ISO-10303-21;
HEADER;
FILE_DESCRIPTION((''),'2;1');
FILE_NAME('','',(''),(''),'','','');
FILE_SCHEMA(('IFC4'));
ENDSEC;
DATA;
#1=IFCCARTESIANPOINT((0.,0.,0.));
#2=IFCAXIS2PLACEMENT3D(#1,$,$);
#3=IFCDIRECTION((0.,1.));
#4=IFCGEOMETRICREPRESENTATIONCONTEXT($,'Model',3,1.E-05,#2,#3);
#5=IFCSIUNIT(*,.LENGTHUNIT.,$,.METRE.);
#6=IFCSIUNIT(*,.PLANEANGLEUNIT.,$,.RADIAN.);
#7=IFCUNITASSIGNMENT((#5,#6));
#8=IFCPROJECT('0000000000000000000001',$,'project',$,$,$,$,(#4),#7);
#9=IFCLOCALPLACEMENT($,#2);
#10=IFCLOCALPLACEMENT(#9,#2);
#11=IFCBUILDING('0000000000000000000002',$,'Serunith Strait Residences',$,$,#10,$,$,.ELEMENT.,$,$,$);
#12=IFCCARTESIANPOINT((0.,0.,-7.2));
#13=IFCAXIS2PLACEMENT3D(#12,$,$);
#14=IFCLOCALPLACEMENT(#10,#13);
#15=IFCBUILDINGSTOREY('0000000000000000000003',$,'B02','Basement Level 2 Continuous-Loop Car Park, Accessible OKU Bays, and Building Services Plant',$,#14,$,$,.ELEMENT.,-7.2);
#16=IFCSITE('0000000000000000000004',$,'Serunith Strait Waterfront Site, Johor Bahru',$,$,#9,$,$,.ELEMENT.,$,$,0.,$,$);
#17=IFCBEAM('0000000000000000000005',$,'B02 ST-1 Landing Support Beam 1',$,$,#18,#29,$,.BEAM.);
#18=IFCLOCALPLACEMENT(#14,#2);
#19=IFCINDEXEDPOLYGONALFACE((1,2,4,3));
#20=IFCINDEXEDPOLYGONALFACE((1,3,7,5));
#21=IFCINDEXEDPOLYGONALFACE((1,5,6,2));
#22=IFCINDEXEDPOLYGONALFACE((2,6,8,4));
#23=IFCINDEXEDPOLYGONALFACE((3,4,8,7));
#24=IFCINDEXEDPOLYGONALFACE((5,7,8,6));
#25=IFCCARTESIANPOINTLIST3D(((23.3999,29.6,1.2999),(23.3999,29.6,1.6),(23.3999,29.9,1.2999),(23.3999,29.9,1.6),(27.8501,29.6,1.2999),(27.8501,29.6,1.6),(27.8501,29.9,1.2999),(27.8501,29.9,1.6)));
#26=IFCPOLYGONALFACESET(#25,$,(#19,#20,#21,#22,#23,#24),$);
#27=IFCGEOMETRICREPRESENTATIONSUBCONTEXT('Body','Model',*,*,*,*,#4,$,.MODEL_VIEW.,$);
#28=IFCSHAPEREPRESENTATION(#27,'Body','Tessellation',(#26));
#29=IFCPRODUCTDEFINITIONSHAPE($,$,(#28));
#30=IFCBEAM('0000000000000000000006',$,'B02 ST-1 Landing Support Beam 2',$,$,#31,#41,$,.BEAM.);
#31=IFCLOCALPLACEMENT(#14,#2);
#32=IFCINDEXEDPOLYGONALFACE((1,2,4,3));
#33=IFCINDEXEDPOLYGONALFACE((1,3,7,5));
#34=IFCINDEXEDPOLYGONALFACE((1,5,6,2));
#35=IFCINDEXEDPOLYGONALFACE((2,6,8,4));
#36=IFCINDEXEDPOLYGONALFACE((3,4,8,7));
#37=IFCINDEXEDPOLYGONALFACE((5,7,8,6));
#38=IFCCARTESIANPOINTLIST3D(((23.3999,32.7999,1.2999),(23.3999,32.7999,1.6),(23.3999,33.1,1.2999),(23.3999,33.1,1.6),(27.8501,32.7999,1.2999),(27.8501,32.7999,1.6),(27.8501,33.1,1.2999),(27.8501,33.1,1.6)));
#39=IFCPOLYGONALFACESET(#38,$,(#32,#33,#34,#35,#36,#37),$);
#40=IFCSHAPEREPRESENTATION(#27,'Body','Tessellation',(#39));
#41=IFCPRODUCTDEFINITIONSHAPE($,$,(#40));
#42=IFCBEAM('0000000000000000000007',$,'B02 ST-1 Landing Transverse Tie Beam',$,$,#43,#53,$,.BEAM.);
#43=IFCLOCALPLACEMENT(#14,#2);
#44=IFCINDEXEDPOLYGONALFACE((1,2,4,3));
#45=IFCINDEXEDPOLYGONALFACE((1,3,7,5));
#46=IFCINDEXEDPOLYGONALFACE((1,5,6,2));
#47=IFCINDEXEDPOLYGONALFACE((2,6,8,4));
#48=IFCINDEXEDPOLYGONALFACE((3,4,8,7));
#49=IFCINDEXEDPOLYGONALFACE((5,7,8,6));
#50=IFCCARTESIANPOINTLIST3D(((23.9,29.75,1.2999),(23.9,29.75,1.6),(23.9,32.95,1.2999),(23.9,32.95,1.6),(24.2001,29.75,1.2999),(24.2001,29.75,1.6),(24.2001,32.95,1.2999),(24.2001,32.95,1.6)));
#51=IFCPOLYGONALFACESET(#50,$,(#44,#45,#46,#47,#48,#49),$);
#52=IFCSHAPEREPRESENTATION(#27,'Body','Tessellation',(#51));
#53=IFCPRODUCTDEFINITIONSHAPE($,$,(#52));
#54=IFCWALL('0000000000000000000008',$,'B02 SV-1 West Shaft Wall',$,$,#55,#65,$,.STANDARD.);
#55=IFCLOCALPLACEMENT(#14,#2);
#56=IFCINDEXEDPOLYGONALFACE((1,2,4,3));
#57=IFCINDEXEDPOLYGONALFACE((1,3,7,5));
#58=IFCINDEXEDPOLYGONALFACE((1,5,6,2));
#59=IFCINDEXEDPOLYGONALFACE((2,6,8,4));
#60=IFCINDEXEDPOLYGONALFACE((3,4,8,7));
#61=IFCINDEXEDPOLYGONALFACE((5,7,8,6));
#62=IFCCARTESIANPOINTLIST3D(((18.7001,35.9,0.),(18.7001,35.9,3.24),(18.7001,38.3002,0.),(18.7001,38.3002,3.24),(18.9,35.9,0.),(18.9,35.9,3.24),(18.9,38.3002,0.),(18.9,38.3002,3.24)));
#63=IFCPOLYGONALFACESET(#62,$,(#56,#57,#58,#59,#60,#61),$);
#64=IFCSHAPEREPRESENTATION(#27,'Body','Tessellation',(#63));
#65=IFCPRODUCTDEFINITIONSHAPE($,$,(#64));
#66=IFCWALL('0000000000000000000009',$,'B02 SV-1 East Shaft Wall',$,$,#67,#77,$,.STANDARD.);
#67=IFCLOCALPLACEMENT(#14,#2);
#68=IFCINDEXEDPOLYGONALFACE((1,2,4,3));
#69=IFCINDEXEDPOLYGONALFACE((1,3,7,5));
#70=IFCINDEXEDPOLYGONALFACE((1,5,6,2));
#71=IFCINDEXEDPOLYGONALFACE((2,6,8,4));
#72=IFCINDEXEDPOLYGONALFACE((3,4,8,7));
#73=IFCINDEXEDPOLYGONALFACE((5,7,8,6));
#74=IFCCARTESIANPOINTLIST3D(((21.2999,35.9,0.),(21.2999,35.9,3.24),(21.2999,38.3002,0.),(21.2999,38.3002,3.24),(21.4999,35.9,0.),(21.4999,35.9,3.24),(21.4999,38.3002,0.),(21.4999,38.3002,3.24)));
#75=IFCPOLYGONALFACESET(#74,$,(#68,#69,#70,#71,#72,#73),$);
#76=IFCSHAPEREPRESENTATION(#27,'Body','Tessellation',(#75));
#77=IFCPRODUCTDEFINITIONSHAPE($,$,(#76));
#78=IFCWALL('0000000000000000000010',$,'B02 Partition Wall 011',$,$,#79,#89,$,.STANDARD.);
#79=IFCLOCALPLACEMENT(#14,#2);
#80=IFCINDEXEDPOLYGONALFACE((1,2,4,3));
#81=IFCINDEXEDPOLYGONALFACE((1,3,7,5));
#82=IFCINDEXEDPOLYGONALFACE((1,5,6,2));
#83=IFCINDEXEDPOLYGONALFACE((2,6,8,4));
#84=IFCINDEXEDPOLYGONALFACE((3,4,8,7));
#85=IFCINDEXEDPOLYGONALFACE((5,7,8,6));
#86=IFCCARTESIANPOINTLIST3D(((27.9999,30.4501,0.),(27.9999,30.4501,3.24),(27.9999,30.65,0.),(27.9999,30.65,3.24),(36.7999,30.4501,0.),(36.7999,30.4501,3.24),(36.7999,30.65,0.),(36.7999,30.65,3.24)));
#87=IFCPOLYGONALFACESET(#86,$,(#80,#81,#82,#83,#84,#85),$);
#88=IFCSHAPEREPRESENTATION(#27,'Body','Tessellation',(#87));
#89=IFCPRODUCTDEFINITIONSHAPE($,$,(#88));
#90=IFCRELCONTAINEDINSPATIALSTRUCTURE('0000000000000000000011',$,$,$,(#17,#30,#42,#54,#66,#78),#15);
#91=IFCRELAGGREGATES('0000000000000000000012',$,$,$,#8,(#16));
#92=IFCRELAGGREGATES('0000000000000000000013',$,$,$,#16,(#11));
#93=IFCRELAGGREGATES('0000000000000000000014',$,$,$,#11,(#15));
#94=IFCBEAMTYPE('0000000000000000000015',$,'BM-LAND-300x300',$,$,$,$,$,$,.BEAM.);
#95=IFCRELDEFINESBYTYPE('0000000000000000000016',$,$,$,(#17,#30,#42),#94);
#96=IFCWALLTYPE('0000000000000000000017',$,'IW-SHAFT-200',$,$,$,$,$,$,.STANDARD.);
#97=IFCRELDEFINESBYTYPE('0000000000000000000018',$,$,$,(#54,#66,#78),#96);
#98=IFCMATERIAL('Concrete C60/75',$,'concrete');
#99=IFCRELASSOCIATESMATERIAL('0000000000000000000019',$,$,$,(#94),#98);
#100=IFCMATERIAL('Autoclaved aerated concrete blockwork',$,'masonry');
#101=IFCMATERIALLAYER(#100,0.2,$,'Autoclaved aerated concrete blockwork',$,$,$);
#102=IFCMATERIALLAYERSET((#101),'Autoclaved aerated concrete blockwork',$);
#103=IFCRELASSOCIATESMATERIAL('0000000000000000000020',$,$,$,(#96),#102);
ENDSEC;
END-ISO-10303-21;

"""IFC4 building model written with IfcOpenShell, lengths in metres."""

from ifc_helpers import new_model, si_unit, direction, frame, frame_2d, origin, origin_2d, place, context, subcontext, project, spatial, rectangle, extrude, source, transform, mapped, material, layer, layer_set, material_profile, profile_set, type_object, element, save


model = new_model("IFC4")

# Units and contexts
model_context = context("Model", 3, precision=1e-05, world=origin(), true_north=direction((0.0, 1.0)))
body_context = subcontext(model_context, "Body", "Model", "MODEL_VIEW")
ifc_project = project(units=[si_unit("LENGTHUNIT", "METRE"), si_unit("PLANEANGLEUNIT", "RADIAN")], contexts=[model_context])

# Site, building, storey
site_placement = place(None, origin())
site = spatial("IfcSite", under=ifc_project, at=site_placement, Name="Serunith Strait Waterfront Site, Johor Bahru", CompositionType="ELEMENT", RefElevation=0.0)
building_placement = place(site_placement, origin())
building = spatial("IfcBuilding", under=site, at=building_placement, Name="Serunith Strait Residences", CompositionType="ELEMENT")
storey_placement = place(building_placement, frame((0.0, 0.0, -7.2)))
storey = spatial("IfcBuildingStorey", under=building, at=storey_placement, Name="B02", Description="Basement Level 2 Continuous-Loop Car Park, Accessible OKU Bays, and Building Services Plant", CompositionType="ELEMENT", Elevation=-7.2)

# Beams
ifc_material_1 = material(Name="Concrete C60/75", Category="concrete")
ifc_material_profile_1 = material_profile(ifc_material_1, rectangle(XDim=0.3, YDim=0.3, at=origin_2d()), Name="RC 300x300")
ifc_profile_set_1 = profile_set([ifc_material_profile_1], Name="Concrete C60/75")
beam_type_1 = type_object("IfcBeamType", Name="BM-LAND-300x300", PredefinedType="BEAM", material=ifc_profile_set_1)
shared_shape_1 = source(origin(), body_context, "Body", "SweptSolid", [
    extrude(rectangle(XDim=0.3, YDim=0.3, at=origin_2d()), origin(), (0.0, 0.0, 1.0), 4.4502),
])
for number, where, z_axis, x_axis, name in (
    (1, (23.3999, 29.75, 1.45), (1.0, 0.0, 0.0), (0.0, 1.0, 0.0), "B02 ST-1 Landing Support Beam 1"),
    (2, (23.3999, 32.95, 1.45), (1.0, 0.0, 0.0), (0.0, 1.0, 0.0), "B02 ST-1 Landing Support Beam 2"),
):
    element("IfcBeam", number, at=place(storey_placement, frame(where, z_axis=z_axis, x_axis=x_axis)), inside=storey, type_object=beam_type_1, Name=name, PredefinedType="BEAM", context=body_context, shape_type="MappedRepresentation", body=[
        mapped(shared_shape_1, transform((0.0, 0.0, 0.0), scale=1.0)),
    ])
shared_shape_2 = source(origin(), body_context, "Body", "SweptSolid", [
    extrude(rectangle(XDim=0.3, YDim=0.3, at=origin_2d()), origin(), (0.0, 0.0, 1.0), 3.2),
])
beam_1_placement = place(storey_placement, frame((24.05, 29.75, 1.45), z_axis=(0.0, 1.0, 0.0), x_axis=(-1.0, 0.0, 0.0)))
element("IfcBeam", 3, at=beam_1_placement, inside=storey, type_object=beam_type_1, Name="B02 ST-1 Landing Transverse Tie Beam", PredefinedType="BEAM", context=body_context, shape_type="MappedRepresentation", body=[
    mapped(shared_shape_2, transform((0.0, 0.0, 0.0), scale=1.0)),
])

# Walls
ifc_material_2 = material(Name="Autoclaved aerated concrete blockwork", Category="masonry")
ifc_layer = layer(ifc_material_2, 0.2, Name="Autoclaved aerated concrete blockwork")
ifc_layer_set = layer_set([ifc_layer], Name="Autoclaved aerated concrete blockwork")
wall_type = type_object("IfcWallType", Name="IW-SHAFT-200", PredefinedType="STANDARD", material=ifc_layer_set)
for number, where, z_axis, x_axis, name in (
    (4, (18.8, 35.8999, 0.0), (0.0, 0.0, 1.0), (0.0, 1.0, 0.0), "B02 SV-1 West Shaft Wall"),
    (5, (21.3999, 35.8999, 0.0), (0.0, 0.0, 1.0), (0.0, 1.0, 0.0), "B02 SV-1 East Shaft Wall"),
):
    element("IfcWall", number, at=place(storey_placement, frame(where, z_axis=z_axis, x_axis=x_axis)), inside=storey, type_object=wall_type, Name=name, PredefinedType="STANDARD", context=body_context, shape_type="SweptSolid", body=[
        extrude(rectangle(XDim=2.4001, YDim=0.2, at=frame_2d((1.2002, 0.0))), origin(), (0.0, 0.0, 1.0), 3.24),
    ])
wall_placement = place(storey_placement, frame((28.0, 30.55, 0.0), z_axis=(0.0, 0.0, 1.0), x_axis=(1.0, 0.0, 0.0)))
element("IfcWall", 6, at=wall_placement, inside=storey, type_object=wall_type, Name="B02 Partition Wall 011", PredefinedType="STANDARD", context=body_context, shape_type="SweptSolid", body=[
    extrude(rectangle(XDim=8.8, YDim=0.2, at=frame_2d((4.3999, 0.0))), origin(), (0.0, 0.0, 1.0), 3.24),
])

save(model, "model.ifc")
